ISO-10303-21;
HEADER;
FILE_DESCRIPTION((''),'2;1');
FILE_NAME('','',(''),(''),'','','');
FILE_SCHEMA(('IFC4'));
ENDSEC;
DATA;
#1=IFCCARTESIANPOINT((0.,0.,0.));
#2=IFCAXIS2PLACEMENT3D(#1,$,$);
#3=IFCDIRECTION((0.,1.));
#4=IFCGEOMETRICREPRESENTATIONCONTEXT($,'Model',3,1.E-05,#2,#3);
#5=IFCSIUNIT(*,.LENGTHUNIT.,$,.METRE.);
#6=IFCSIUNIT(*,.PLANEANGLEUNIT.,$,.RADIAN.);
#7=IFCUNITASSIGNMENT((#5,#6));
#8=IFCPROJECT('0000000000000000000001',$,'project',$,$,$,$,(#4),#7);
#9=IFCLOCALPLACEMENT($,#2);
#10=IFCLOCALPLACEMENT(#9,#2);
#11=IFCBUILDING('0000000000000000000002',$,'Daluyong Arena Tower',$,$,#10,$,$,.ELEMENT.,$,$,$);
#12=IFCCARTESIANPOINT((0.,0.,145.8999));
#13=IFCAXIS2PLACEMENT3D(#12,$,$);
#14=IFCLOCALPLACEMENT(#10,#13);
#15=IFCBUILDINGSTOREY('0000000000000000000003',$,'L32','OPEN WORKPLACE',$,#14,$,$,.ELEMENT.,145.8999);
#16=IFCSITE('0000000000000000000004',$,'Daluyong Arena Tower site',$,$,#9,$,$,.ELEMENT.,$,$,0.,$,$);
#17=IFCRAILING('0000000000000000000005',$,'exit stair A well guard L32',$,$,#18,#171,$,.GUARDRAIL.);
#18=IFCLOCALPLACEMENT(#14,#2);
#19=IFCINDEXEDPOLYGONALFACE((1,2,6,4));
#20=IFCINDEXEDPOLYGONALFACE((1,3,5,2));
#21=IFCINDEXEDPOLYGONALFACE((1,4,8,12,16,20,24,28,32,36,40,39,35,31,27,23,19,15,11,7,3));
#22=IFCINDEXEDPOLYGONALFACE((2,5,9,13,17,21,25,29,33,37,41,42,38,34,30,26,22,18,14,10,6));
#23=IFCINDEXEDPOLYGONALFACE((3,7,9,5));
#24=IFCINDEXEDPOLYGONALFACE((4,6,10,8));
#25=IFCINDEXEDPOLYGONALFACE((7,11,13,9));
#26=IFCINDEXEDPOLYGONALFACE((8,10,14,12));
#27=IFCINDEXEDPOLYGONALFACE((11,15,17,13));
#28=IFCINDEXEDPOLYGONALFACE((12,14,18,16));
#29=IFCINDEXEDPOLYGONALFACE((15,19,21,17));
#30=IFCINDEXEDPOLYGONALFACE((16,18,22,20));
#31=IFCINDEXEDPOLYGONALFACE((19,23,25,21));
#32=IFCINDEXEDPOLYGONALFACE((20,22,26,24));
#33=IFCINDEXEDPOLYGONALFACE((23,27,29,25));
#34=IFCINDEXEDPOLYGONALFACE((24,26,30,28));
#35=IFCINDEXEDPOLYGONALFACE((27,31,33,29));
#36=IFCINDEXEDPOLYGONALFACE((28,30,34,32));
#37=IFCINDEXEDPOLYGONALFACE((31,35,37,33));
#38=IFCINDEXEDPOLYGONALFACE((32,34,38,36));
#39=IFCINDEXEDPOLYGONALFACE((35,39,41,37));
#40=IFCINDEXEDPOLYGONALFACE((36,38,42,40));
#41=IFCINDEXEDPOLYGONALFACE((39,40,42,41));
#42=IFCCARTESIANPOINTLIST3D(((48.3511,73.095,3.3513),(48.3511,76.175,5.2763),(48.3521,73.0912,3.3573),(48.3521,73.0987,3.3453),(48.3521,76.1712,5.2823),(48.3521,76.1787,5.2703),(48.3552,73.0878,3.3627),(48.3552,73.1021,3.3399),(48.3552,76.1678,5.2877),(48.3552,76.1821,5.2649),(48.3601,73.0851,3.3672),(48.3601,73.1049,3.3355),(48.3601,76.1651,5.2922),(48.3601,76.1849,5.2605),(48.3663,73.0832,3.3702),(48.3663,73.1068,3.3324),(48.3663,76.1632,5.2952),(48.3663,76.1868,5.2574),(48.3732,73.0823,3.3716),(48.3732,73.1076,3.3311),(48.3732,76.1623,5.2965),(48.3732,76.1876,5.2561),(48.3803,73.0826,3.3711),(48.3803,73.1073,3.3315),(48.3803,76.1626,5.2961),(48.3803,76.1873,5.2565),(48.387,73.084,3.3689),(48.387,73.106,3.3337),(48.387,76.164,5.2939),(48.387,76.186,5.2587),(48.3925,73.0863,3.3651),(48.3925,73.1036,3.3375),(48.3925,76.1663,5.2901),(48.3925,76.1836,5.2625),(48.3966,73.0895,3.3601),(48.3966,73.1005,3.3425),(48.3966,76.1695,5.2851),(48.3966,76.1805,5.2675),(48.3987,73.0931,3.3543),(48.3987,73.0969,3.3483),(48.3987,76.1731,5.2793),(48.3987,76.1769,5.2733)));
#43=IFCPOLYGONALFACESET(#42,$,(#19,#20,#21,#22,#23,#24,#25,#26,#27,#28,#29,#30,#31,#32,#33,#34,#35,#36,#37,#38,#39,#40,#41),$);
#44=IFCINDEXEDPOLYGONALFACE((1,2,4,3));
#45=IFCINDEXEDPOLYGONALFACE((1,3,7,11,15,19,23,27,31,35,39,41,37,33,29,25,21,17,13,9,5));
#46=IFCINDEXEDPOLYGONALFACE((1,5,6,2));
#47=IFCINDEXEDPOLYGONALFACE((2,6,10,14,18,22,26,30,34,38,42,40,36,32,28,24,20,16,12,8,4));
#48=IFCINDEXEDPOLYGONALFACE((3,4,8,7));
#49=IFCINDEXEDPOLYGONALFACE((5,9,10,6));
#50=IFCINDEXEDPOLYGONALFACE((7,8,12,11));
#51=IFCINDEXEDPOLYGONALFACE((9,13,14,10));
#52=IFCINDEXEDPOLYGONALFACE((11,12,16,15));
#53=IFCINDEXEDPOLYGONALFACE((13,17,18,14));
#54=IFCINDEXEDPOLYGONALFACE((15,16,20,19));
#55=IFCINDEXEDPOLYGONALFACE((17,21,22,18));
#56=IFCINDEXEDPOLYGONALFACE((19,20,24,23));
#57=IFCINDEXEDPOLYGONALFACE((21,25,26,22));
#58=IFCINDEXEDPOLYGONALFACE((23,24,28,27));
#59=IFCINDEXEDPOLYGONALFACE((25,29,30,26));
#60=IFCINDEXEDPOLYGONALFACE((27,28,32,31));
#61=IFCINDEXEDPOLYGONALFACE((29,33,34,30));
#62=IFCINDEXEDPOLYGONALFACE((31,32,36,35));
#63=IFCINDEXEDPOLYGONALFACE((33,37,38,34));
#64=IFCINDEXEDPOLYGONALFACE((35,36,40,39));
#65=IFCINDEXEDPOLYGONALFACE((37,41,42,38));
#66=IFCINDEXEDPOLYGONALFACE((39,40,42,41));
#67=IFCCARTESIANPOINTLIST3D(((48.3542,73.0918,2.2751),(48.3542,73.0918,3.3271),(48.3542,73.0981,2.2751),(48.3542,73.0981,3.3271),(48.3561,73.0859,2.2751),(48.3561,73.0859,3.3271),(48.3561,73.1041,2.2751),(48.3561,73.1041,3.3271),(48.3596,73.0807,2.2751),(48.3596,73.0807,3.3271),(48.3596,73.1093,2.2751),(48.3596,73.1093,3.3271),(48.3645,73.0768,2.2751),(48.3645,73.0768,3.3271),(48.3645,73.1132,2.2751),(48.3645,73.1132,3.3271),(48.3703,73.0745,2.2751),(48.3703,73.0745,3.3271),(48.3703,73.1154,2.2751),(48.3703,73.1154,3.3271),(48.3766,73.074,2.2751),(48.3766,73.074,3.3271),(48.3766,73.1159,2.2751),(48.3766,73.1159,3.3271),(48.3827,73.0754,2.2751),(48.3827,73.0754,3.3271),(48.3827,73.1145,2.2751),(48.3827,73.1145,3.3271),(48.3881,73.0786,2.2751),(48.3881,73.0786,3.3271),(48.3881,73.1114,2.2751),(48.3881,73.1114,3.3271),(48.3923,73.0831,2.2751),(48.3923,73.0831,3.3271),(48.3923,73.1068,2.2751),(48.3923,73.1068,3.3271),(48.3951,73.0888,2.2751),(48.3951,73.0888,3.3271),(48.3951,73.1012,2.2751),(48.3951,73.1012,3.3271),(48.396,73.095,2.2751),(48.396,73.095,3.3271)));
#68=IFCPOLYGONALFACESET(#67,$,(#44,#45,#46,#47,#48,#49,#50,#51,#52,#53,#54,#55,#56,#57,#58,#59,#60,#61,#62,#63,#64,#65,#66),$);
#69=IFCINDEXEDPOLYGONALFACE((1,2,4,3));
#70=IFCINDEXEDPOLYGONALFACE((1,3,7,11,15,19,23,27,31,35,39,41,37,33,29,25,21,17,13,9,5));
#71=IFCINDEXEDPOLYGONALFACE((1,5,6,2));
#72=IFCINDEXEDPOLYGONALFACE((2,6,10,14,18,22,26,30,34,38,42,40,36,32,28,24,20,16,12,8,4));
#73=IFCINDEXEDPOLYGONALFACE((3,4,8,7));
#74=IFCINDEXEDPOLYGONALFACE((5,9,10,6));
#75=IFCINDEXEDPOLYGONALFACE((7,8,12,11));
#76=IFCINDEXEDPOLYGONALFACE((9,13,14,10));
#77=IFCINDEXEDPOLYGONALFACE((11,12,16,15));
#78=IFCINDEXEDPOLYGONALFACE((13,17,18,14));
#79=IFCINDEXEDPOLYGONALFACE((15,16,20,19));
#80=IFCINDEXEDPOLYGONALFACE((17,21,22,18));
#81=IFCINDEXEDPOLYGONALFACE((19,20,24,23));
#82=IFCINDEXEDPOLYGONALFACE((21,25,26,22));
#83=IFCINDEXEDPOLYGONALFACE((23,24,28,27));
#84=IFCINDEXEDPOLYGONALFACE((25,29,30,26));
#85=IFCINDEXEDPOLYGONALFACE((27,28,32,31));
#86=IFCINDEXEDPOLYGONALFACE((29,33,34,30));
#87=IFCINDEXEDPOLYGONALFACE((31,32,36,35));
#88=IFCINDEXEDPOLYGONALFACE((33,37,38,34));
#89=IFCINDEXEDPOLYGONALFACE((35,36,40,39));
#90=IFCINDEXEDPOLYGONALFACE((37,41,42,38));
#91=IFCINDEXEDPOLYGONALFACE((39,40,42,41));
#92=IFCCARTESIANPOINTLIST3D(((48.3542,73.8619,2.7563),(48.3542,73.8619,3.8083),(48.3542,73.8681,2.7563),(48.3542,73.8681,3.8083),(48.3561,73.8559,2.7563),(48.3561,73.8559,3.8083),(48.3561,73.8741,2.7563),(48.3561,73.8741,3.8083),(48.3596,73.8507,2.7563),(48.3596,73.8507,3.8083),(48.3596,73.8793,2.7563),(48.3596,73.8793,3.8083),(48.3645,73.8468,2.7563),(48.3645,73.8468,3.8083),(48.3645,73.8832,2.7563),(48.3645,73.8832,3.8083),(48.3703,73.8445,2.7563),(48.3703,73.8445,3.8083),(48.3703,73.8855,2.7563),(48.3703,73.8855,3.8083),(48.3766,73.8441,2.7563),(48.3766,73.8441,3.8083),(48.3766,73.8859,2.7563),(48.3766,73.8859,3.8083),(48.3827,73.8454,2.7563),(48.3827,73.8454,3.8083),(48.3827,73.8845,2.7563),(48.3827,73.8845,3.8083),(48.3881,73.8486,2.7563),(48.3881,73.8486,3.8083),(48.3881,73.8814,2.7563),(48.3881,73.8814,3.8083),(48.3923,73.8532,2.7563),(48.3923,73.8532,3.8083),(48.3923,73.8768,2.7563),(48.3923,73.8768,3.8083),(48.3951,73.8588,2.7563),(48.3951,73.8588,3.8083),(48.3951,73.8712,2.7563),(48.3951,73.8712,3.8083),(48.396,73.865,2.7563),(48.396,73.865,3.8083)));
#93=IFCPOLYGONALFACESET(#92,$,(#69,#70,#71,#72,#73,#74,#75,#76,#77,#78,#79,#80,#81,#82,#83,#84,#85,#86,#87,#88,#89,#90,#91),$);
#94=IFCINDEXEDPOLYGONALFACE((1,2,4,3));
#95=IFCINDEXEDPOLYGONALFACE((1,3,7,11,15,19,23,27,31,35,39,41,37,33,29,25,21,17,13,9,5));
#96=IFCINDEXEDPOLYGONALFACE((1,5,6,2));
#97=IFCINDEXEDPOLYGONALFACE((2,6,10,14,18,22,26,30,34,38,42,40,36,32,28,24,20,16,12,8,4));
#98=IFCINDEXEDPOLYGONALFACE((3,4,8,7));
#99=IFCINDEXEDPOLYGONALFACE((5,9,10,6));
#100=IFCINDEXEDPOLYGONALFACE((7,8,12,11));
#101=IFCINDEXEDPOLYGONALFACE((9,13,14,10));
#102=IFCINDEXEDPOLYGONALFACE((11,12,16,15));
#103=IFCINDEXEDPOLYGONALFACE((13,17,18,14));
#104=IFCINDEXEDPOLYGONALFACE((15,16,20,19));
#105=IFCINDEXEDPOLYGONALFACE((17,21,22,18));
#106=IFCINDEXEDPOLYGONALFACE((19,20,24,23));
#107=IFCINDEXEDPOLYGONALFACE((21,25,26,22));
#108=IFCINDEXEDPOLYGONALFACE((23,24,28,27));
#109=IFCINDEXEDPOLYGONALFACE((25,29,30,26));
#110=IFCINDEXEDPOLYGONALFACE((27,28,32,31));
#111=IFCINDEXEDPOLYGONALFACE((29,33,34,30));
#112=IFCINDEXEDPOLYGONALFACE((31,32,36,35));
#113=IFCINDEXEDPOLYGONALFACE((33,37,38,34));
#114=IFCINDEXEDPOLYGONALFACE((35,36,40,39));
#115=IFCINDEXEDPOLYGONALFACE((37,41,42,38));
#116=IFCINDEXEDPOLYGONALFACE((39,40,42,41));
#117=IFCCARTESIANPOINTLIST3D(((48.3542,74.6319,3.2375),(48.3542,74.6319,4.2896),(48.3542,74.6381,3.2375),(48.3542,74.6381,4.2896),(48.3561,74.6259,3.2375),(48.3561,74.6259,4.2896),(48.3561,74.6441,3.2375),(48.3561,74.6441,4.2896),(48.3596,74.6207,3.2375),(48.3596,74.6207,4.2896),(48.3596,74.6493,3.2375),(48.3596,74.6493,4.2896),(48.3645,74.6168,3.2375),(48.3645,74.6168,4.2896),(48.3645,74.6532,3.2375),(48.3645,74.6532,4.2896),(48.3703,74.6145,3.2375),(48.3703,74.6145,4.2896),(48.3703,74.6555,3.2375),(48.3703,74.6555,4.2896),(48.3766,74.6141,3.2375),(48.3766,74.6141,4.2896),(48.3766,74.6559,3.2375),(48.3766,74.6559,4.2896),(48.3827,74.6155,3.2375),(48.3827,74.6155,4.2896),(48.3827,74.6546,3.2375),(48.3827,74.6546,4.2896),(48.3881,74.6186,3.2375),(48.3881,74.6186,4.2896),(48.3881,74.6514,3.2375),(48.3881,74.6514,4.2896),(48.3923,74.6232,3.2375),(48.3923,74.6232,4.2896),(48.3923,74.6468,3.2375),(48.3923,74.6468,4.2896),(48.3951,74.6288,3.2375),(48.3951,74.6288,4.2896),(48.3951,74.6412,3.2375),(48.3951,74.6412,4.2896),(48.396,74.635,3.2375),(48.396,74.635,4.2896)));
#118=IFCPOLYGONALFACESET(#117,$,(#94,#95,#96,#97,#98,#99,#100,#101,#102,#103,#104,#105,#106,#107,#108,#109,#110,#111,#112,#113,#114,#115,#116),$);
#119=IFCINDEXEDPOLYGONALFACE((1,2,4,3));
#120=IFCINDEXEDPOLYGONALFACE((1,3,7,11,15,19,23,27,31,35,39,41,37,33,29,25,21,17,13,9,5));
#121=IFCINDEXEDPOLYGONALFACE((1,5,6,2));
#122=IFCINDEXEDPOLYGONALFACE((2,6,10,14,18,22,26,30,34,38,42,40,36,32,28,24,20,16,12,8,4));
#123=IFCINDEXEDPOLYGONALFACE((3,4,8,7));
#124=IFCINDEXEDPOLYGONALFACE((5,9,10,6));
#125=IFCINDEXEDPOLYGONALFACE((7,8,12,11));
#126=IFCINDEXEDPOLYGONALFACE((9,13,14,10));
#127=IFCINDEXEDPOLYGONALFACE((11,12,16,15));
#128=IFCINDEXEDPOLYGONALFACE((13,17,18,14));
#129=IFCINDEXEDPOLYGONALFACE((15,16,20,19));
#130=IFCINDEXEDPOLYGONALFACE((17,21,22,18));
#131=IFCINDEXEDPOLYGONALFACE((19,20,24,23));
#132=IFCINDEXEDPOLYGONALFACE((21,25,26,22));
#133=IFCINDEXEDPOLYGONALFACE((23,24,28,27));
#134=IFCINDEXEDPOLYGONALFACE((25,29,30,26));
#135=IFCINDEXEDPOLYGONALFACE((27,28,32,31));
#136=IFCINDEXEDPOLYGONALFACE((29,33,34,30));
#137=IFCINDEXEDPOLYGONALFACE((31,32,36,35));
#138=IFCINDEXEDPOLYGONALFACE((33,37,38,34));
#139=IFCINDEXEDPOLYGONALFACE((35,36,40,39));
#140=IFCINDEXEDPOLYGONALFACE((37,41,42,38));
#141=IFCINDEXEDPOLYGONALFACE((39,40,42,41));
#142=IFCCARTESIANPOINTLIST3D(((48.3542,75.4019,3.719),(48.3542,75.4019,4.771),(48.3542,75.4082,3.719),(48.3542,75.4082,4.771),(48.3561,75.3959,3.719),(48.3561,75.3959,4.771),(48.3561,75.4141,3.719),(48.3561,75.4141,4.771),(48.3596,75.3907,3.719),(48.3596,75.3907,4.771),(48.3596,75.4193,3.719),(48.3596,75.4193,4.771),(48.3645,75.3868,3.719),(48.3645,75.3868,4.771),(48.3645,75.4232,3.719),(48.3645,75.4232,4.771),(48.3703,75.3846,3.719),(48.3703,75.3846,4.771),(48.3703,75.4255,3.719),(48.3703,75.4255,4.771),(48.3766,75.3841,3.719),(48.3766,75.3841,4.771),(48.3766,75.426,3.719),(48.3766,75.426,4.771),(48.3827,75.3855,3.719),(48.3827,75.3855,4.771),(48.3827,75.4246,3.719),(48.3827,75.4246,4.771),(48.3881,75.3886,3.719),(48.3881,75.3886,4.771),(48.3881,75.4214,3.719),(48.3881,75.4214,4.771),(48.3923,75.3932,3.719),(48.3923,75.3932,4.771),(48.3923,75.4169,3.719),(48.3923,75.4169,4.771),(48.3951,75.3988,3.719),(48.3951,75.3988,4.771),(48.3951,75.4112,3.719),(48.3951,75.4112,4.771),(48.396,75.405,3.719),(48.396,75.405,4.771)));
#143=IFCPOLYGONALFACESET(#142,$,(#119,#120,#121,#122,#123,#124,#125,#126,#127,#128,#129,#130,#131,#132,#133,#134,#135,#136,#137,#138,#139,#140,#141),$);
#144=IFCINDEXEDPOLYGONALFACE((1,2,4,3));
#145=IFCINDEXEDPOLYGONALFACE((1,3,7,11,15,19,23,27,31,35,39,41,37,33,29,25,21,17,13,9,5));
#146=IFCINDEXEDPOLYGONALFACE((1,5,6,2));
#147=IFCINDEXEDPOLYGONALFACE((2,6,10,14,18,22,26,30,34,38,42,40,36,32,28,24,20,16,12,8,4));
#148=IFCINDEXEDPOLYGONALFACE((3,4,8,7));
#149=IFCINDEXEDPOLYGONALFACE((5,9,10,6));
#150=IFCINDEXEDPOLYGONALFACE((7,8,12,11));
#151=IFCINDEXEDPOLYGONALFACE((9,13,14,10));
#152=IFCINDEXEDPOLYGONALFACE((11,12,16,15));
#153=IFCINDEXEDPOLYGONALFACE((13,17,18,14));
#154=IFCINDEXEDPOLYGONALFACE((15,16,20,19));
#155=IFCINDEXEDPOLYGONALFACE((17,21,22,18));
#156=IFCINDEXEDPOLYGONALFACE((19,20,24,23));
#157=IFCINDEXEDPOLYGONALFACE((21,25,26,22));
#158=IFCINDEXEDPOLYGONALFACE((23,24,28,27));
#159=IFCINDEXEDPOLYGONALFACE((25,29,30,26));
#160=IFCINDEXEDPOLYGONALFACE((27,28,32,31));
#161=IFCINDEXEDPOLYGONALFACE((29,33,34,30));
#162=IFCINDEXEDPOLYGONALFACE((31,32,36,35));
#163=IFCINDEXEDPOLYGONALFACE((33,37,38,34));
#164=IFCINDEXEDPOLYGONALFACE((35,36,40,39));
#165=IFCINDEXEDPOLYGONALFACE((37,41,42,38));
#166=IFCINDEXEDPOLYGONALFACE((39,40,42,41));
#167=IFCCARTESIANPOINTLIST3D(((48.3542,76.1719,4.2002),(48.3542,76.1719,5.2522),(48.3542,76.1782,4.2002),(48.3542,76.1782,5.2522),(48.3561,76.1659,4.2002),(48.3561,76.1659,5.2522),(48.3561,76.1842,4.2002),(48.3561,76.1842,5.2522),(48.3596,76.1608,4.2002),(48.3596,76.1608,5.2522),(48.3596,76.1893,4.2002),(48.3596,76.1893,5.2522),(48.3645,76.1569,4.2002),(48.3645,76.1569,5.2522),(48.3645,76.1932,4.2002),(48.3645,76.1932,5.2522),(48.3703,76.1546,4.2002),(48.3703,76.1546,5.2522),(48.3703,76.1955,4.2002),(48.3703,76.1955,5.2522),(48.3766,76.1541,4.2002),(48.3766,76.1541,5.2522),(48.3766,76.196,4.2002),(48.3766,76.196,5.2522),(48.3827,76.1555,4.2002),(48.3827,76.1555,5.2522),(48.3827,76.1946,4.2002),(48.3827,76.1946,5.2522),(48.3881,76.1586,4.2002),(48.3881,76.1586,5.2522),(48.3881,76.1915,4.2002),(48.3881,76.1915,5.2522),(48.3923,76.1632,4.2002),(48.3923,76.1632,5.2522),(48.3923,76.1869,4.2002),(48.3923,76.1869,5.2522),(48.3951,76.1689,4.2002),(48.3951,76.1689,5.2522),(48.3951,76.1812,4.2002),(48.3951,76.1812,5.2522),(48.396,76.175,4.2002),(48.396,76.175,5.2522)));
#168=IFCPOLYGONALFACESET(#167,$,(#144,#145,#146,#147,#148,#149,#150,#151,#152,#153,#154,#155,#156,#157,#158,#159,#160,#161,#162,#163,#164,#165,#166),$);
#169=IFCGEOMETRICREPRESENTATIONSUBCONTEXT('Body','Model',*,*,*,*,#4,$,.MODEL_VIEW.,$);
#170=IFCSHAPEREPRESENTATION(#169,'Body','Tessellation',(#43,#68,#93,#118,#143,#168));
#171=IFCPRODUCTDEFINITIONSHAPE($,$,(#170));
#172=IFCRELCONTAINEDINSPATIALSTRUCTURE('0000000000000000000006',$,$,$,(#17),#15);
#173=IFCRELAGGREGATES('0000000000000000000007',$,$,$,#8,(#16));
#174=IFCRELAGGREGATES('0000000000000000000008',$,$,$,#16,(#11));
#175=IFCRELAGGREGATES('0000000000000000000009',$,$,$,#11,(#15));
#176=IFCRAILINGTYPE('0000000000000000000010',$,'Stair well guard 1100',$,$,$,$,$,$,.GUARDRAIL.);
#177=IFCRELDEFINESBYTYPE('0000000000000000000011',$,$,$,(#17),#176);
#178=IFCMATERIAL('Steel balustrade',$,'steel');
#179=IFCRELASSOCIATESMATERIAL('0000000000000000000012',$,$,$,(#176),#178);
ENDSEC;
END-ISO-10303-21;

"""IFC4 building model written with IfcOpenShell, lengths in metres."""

from ifc_helpers import new_model, si_unit, direction, frame, origin, origin_2d, place, context, subcontext, project, spatial, circle, extrude, material, type_object, element, save


model = new_model("IFC4")

# Units and contexts
model_context = context("Model", 3, precision=1e-05, world=origin(), true_north=direction((0.0, 1.0)))
body_context = subcontext(model_context, "Body", "Model", "MODEL_VIEW")
ifc_project = project(units=[si_unit("LENGTHUNIT", "METRE"), si_unit("PLANEANGLEUNIT", "RADIAN")], contexts=[model_context])

# Site, building, storey
site_placement = place(None, origin())
site = spatial("IfcSite", under=ifc_project, at=site_placement, Name="Daluyong Arena Tower site", CompositionType="ELEMENT", RefElevation=0.0)
building_placement = place(site_placement, origin())
building = spatial("IfcBuilding", under=site, at=building_placement, Name="Daluyong Arena Tower", CompositionType="ELEMENT")
storey_placement = place(building_placement, frame((0.0, 0.0, 145.8999)))
storey = spatial("IfcBuildingStorey", under=building, at=storey_placement, Name="L32", Description="OPEN WORKPLACE", CompositionType="ELEMENT", Elevation=145.8999)

# Railing
ifc_material_1 = material(Name="Steel balustrade", Category="steel")
railing_type_1 = type_object("IfcRailingType", Name="Stair well guard 1100", PredefinedType="GUARDRAIL", material=ifc_material_1)
railing_1_placement = place(storey_placement, frame((48.375, 73.095, 2.2751)))
element("IfcRailing", 1, at=railing_1_placement, inside=storey, type_object=railing_type_1, Name="exit stair A well guard L32", PredefinedType="GUARDRAIL", context=body_context, shape_type="SweptSolid", body=[
    extrude(circle(Radius=0.0239, at=origin_2d()), frame((0.0, 0.0, 1.0762), z_axis=(0.0, 0.847998, 0.529999), x_axis=(-1.0, 0.0, 0.0)), (0.0, 0.0, 1.0), 3.6321),
    extrude(circle(Radius=0.021, at=origin_2d()), origin(), (0.0, 0.0, 1.0), 1.052),
    extrude(circle(Radius=0.021, at=origin_2d()), frame((0.0, 0.77, 0.4812)), (0.0, 0.0, 1.0), 1.052),
    extrude(circle(Radius=0.021, at=origin_2d()), frame((0.0, 1.54, 0.9624)), (0.0, 0.0, 1.0), 1.052),
    extrude(circle(Radius=0.021, at=origin_2d()), frame((0.0, 2.3101, 1.4438)), (0.0, 0.0, 1.0), 1.052),
    extrude(circle(Radius=0.021, at=origin_2d()), frame((0.0, 3.0801, 1.925)), (0.0, 0.0, 1.0), 1.052),
])

save(model, "model.ifc")
